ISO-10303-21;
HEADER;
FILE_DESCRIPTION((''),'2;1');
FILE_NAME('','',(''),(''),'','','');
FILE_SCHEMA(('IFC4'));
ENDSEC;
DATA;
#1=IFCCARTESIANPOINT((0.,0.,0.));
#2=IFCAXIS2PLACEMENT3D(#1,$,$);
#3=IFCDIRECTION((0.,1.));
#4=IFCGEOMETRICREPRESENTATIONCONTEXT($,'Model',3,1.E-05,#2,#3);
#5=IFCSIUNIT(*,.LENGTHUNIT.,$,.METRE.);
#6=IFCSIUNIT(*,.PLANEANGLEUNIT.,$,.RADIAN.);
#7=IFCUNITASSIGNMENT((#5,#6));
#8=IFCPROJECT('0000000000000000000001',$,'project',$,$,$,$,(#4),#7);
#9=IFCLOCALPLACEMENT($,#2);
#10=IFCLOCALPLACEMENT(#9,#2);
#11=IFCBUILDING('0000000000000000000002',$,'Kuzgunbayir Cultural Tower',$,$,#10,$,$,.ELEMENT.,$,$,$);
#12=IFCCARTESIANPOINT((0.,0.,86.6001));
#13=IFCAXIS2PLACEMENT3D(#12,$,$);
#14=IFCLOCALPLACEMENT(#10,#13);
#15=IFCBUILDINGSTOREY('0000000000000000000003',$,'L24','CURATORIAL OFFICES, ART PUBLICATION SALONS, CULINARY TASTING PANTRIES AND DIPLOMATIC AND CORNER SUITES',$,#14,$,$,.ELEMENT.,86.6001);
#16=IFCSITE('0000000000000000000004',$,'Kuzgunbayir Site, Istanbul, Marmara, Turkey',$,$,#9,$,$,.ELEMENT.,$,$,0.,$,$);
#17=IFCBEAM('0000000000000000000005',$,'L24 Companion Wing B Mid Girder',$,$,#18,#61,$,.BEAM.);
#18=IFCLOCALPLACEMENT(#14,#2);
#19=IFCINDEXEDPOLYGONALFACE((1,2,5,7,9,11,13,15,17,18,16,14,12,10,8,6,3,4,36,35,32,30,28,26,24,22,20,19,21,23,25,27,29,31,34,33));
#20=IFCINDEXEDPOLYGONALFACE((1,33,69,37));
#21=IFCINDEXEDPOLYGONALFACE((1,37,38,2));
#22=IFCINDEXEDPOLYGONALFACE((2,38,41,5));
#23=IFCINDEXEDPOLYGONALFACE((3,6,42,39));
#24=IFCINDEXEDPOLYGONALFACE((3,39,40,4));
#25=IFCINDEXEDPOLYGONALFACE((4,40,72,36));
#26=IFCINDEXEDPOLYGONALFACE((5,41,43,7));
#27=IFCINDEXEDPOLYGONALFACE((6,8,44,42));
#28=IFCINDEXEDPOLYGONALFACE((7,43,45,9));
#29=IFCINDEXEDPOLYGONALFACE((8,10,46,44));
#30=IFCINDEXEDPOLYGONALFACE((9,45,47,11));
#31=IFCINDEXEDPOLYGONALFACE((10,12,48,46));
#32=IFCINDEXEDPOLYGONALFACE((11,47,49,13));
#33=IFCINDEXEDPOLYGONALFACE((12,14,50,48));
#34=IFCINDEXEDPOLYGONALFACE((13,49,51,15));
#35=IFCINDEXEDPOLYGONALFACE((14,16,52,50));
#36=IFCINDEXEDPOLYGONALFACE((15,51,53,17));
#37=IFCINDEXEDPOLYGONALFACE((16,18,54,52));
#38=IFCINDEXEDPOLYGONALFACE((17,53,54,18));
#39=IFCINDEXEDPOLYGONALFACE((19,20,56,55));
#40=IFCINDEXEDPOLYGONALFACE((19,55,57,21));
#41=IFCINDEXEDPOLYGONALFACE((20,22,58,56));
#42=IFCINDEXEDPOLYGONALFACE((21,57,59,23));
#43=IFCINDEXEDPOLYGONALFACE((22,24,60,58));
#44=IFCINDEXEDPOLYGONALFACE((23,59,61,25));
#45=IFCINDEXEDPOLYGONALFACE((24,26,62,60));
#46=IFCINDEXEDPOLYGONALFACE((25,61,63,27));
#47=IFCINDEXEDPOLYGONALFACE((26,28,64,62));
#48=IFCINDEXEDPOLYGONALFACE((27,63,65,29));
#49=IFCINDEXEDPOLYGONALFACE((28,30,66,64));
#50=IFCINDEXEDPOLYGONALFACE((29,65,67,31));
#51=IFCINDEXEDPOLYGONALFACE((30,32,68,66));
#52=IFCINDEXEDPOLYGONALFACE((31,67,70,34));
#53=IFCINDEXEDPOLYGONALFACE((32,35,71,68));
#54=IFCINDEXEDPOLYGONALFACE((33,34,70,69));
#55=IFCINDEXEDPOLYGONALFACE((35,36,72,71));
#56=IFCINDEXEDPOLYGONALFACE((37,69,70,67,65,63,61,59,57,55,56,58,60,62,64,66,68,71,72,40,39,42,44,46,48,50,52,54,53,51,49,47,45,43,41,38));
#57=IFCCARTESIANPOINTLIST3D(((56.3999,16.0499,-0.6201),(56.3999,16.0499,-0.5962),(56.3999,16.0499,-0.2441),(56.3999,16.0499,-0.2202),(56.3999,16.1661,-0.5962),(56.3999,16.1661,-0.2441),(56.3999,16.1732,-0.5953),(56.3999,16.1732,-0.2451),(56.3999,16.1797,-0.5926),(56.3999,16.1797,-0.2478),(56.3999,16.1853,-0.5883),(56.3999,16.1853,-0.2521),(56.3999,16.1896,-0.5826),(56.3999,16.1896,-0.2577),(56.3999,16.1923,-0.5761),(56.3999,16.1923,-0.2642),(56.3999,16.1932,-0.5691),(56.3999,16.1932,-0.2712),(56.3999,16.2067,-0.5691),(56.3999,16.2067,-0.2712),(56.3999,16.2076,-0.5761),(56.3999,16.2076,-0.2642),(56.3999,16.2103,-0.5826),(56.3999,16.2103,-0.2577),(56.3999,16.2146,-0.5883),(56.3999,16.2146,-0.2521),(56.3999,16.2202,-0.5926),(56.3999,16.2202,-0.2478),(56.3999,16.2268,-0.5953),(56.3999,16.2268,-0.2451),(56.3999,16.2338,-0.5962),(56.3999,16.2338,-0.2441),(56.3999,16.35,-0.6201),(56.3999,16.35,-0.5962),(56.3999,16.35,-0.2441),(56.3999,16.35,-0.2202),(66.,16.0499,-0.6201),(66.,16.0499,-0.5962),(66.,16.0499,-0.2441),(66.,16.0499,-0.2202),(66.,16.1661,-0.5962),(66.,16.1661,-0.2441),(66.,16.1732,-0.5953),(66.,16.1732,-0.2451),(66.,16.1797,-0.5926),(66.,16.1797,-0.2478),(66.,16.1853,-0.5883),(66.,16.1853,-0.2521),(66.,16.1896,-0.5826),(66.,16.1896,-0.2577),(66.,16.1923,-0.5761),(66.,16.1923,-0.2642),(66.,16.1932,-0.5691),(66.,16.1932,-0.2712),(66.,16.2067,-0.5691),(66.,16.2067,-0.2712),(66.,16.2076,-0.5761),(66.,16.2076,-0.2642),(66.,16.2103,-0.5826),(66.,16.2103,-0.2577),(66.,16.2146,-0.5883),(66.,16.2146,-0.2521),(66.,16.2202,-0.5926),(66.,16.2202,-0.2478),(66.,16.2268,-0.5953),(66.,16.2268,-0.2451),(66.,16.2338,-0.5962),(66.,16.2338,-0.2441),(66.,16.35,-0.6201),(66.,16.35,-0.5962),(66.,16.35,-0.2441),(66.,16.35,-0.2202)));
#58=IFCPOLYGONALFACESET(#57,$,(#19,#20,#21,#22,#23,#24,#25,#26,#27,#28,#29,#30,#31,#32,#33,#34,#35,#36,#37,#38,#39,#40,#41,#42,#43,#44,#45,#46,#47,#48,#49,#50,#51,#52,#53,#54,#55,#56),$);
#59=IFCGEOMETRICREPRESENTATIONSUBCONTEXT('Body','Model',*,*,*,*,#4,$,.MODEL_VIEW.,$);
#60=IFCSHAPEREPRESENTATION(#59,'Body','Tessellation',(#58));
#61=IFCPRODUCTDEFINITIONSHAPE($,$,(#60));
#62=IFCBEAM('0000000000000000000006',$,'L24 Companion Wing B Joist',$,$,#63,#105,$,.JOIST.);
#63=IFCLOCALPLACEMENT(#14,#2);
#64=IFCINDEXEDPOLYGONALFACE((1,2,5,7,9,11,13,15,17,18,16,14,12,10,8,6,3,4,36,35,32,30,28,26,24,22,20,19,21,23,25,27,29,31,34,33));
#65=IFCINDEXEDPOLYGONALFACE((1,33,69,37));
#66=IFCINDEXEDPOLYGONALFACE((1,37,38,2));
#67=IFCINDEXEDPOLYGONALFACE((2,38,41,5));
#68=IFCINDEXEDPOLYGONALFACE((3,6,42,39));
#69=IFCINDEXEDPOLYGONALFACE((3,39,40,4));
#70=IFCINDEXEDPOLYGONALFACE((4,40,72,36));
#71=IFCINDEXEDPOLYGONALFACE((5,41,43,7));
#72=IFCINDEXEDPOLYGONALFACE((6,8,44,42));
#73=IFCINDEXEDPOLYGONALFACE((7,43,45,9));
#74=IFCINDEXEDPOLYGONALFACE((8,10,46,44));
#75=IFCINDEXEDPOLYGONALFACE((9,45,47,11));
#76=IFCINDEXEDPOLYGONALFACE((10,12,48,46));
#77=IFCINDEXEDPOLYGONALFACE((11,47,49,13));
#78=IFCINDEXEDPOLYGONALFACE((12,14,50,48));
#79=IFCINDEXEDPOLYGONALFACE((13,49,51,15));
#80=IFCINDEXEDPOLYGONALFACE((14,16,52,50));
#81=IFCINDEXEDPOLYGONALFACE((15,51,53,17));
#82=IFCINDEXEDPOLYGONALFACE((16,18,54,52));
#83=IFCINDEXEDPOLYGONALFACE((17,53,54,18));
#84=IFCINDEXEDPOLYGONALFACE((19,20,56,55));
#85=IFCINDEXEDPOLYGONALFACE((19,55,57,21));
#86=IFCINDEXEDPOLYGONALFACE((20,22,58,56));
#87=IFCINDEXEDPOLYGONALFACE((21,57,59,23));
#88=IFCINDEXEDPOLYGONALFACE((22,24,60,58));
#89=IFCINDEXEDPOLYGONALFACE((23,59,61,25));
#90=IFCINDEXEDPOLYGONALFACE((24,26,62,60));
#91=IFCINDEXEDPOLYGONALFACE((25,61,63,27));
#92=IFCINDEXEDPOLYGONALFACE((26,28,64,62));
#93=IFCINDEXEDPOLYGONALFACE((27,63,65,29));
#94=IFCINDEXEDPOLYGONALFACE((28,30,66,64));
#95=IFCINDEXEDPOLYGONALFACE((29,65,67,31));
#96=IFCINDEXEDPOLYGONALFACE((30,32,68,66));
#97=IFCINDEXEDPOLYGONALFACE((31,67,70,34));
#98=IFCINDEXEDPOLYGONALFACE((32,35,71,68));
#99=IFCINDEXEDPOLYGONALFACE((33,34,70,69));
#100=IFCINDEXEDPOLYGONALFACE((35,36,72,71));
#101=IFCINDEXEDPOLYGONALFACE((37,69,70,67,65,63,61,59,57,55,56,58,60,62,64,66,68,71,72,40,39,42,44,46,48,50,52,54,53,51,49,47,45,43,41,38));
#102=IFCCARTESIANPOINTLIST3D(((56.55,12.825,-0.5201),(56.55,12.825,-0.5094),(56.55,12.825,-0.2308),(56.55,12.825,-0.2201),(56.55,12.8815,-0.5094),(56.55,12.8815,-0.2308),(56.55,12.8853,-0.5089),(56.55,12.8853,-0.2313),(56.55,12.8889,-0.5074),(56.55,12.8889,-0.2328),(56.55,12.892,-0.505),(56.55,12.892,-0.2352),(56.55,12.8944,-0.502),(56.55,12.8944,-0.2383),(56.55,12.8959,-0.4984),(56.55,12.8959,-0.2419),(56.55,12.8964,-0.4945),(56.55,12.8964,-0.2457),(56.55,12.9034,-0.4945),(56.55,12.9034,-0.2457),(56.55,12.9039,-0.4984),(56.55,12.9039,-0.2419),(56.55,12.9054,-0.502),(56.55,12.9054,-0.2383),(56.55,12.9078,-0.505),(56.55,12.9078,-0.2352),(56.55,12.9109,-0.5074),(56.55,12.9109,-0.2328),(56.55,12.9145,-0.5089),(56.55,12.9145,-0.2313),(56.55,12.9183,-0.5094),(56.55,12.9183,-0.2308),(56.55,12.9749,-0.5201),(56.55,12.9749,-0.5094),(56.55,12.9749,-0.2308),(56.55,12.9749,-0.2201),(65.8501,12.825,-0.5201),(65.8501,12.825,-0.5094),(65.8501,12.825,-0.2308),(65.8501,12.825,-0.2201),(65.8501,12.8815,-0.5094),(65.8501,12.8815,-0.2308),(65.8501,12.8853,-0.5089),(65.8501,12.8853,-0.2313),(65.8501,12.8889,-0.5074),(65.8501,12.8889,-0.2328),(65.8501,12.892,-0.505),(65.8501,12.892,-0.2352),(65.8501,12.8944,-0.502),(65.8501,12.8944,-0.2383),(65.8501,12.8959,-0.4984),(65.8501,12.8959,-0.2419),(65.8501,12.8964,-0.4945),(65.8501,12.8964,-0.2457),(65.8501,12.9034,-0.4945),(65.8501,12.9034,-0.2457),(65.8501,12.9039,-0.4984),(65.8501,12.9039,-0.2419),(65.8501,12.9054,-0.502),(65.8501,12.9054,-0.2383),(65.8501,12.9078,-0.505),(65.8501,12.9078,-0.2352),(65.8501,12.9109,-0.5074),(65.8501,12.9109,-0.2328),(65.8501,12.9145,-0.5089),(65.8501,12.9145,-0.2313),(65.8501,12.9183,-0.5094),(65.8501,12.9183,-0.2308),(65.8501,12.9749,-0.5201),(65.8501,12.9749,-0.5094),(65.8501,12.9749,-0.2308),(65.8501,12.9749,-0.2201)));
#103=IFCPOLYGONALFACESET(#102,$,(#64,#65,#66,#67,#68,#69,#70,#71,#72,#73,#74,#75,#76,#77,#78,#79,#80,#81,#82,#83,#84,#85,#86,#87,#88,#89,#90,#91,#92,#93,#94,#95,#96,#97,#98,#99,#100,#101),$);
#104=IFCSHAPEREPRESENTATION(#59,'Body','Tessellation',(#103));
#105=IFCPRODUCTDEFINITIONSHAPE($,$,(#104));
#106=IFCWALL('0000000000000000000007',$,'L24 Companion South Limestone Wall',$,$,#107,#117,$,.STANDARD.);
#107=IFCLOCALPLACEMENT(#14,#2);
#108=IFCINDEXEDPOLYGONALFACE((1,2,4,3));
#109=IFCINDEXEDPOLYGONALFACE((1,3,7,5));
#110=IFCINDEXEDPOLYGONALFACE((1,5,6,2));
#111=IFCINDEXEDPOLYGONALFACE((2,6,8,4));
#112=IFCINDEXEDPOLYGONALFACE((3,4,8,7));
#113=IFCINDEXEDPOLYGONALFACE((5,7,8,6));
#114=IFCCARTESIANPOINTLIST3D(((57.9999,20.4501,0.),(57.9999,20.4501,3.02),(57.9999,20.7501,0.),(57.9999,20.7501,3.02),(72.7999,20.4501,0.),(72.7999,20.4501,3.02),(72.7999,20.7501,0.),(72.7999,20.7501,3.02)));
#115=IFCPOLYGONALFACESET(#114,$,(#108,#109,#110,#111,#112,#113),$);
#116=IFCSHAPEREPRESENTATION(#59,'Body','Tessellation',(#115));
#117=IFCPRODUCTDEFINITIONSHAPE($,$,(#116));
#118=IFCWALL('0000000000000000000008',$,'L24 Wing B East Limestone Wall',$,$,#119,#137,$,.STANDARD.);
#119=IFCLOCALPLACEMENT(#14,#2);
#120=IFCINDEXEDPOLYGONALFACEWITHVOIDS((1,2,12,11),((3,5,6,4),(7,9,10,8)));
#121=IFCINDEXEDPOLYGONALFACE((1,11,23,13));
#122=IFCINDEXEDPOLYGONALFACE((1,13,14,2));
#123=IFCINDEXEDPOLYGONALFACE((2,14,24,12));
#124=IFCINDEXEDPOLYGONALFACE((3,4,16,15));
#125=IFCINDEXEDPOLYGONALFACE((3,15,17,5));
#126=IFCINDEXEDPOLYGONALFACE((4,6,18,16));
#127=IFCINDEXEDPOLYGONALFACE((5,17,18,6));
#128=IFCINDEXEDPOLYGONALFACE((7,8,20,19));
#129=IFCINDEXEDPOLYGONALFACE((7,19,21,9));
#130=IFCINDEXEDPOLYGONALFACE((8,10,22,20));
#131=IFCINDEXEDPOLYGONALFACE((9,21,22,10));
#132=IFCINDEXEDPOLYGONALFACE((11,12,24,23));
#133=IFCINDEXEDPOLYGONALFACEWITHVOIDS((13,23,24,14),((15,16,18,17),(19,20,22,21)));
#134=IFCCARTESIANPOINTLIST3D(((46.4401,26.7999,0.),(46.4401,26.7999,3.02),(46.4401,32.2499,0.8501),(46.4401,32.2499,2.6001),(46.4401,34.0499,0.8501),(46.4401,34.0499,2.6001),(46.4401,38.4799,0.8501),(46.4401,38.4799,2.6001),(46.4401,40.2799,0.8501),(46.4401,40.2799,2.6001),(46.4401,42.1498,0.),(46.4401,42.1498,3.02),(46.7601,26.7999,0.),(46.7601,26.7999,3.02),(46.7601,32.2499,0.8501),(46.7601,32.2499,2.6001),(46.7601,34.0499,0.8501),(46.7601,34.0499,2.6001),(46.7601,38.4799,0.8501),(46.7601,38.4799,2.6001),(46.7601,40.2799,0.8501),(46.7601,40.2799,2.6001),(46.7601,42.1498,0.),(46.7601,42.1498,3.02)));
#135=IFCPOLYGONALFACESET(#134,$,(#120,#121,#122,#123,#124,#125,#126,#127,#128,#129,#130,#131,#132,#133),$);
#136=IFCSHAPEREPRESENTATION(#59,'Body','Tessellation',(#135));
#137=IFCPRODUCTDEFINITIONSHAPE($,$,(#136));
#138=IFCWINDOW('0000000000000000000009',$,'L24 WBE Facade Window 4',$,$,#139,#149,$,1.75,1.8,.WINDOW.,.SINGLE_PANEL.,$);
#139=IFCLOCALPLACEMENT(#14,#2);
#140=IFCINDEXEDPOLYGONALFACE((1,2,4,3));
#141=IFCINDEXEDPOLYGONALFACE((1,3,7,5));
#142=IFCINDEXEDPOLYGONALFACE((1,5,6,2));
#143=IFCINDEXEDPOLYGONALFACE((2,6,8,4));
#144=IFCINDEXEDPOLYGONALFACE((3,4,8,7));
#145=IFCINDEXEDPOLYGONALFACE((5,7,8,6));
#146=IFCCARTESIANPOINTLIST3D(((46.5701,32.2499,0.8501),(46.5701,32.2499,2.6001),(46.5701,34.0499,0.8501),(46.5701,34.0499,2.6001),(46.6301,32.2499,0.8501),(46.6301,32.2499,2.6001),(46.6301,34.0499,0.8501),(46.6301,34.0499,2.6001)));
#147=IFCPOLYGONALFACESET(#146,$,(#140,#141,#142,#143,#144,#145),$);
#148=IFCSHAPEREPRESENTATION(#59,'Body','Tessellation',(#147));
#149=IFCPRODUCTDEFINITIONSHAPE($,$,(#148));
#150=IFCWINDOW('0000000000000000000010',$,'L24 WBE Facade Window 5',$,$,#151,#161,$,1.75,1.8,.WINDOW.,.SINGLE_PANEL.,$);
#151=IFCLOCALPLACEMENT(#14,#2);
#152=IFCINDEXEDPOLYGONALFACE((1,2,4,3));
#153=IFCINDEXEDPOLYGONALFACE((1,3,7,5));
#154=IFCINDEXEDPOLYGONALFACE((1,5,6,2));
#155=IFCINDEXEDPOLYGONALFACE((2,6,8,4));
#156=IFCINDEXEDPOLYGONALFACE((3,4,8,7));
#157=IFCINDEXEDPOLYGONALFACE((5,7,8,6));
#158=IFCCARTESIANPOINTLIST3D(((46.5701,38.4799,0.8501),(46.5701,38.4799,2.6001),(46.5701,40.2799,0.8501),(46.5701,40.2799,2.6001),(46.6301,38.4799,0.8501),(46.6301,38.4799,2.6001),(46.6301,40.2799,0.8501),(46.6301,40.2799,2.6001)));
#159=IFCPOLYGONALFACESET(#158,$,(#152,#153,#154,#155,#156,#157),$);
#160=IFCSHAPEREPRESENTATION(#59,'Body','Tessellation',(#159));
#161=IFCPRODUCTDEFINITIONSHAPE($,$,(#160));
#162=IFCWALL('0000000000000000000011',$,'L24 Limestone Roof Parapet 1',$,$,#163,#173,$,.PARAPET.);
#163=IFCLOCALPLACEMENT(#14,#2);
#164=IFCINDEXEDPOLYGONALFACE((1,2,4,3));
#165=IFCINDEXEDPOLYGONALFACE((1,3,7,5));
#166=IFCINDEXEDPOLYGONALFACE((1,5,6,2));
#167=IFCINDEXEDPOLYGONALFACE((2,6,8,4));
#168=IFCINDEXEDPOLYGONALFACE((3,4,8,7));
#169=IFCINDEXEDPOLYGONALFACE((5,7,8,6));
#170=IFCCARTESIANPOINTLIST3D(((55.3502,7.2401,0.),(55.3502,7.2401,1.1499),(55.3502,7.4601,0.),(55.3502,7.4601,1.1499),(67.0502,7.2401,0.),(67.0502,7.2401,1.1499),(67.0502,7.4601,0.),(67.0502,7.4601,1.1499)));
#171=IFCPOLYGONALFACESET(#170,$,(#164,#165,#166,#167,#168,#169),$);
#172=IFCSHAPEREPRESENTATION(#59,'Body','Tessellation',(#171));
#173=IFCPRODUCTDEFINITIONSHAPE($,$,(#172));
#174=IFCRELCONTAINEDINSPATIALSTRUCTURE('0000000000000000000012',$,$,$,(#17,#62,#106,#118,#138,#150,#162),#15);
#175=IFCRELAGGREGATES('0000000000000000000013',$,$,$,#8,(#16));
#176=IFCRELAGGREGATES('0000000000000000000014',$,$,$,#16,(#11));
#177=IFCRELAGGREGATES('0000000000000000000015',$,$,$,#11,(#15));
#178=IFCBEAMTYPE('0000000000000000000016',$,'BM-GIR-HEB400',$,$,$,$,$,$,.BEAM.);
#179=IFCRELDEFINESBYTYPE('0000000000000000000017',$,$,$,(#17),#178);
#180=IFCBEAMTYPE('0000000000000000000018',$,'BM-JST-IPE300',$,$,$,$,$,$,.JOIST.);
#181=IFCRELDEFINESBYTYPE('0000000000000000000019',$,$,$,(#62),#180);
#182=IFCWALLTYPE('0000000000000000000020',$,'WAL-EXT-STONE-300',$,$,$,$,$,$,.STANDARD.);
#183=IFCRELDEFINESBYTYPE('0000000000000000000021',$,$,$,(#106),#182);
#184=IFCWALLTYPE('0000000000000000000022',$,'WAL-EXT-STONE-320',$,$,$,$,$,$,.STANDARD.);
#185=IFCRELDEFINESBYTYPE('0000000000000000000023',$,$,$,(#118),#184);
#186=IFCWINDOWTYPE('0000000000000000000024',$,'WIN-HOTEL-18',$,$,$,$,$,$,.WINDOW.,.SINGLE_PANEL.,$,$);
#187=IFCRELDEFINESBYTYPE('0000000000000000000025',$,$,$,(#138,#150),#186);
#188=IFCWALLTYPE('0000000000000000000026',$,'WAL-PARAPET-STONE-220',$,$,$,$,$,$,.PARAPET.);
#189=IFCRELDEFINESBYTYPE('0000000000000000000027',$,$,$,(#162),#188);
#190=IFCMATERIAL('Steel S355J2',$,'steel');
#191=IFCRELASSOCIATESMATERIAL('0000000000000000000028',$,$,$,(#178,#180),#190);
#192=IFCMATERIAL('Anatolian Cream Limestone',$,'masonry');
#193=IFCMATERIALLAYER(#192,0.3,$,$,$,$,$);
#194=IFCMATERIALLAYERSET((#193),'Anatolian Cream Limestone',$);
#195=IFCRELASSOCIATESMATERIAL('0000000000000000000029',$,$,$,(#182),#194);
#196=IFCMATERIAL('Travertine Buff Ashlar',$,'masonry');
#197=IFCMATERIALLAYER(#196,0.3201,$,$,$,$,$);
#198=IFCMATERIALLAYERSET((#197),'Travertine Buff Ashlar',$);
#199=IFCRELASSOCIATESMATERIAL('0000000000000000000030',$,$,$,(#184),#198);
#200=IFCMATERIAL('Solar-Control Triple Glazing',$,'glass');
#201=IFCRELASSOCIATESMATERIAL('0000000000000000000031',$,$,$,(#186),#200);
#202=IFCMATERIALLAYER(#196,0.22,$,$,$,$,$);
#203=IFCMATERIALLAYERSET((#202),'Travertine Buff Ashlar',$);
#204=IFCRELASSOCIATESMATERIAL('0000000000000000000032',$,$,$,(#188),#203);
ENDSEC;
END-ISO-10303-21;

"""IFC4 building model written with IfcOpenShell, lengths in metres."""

from ifc_helpers import new_model, si_unit, direction, frame, frame_2d, origin, origin_2d, place, context, subcontext, project, spatial, rectangle, i_section, extrude, material, layer, layer_set, material_profile, profile_set, type_object, element, fill, save


model = new_model("IFC4")

# Units and contexts
model_context = context("Model", 3, precision=1e-05, world=origin(), true_north=direction((0.0, 1.0)))
body_context = subcontext(model_context, "Body", "Model", "MODEL_VIEW")
ifc_project = project(units=[si_unit("LENGTHUNIT", "METRE"), si_unit("PLANEANGLEUNIT", "RADIAN")], contexts=[model_context])

# Site, building, storey
site_placement = place(None, origin())
site = spatial("IfcSite", under=ifc_project, at=site_placement, Name="Kuzgunbayir Site, Istanbul, Marmara, Turkey", CompositionType="ELEMENT", RefElevation=0.0)
building_placement = place(site_placement, origin())
building = spatial("IfcBuilding", under=site, at=building_placement, Name="Kuzgunbayir Cultural Tower", CompositionType="ELEMENT")
storey_placement = place(building_placement, frame((0.0, 0.0, 86.6001)))
storey = spatial("IfcBuildingStorey", under=building, at=storey_placement, Name="L24", Description="CURATORIAL OFFICES, ART PUBLICATION SALONS, CULINARY TASTING PANTRIES AND DIPLOMATIC AND CORNER SUITES", CompositionType="ELEMENT", Elevation=86.6001)

# Beams
ifc_material_1 = material(Name="Steel S355J2", Category="steel")
ifc_material_profile_1 = material_profile(ifc_material_1, i_section(OverallWidth=0.3, OverallDepth=0.3999, WebThickness=0.0134, FlangeThickness=0.0239, FilletRadius=0.0271, at=origin_2d()), Name="HEB 400")
ifc_profile_set_1 = profile_set([ifc_material_profile_1], Name="Steel S355J2")
beam_type_1 = type_object("IfcBeamType", Name="BM-GIR-HEB400", PredefinedType="BEAM", material=ifc_profile_set_1)
beam_1_placement = place(storey_placement, frame((56.3999, 16.2, -0.4202), z_axis=(1.0, 0.0, 0.0), x_axis=(0.0, 1.0, 0.0)))
element("IfcBeam", 1, at=beam_1_placement, inside=storey, type_object=beam_type_1, Name="L24 Companion Wing B Mid Girder", PredefinedType="BEAM", context=body_context, shape_type="SweptSolid", body=[
    extrude(i_section(OverallWidth=0.3, OverallDepth=0.3999, WebThickness=0.0134, FlangeThickness=0.0239, FilletRadius=0.0271, at=origin_2d()), origin(), (0.0, 0.0, 1.0), 9.6001),
])
ifc_material_profile_2 = material_profile(ifc_material_1, i_section(OverallWidth=0.1499, OverallDepth=0.3, WebThickness=0.0071, FlangeThickness=0.0107, FilletRadius=0.0149, at=origin_2d()), Name="IPE 300")
ifc_profile_set_2 = profile_set([ifc_material_profile_2], Name="Steel S355J2")
beam_type_2 = type_object("IfcBeamType", Name="BM-JST-IPE300", PredefinedType="JOIST", material=ifc_profile_set_2)
beam_2_placement = place(storey_placement, frame((56.55, 12.8999, -0.3701), z_axis=(1.0, 0.0, 0.0), x_axis=(0.0, 1.0, 0.0)))
element("IfcBeam", 2, at=beam_2_placement, inside=storey, type_object=beam_type_2, Name="L24 Companion Wing B Joist", PredefinedType="JOIST", context=body_context, shape_type="SweptSolid", body=[
    extrude(i_section(OverallWidth=0.1499, OverallDepth=0.3, WebThickness=0.0071, FlangeThickness=0.0107, FilletRadius=0.0149, at=origin_2d()), origin(), (0.0, 0.0, 1.0), 9.3),
])

# Wall
ifc_material_2 = material(Name="Anatolian Cream Limestone", Category="masonry")
ifc_layer_1 = layer(ifc_material_2, 0.3)
ifc_layer_set_1 = layer_set([ifc_layer_1], Name="Anatolian Cream Limestone")
wall_type_1 = type_object("IfcWallType", Name="WAL-EXT-STONE-300", PredefinedType="STANDARD", material=ifc_layer_set_1)
wall_1_placement = place(storey_placement, frame((58.0, 20.6001, 0.0), z_axis=(0.0, 0.0, 1.0), x_axis=(1.0, 0.0, 0.0)))
element("IfcWall", 3, at=wall_1_placement, inside=storey, type_object=wall_type_1, Name="L24 Companion South Limestone Wall", PredefinedType="STANDARD", context=body_context, shape_type="SweptSolid", body=[
    extrude(rectangle(XDim=14.8, YDim=0.3, at=frame_2d((7.3999, 0.0))), origin(), (0.0, 0.0, 1.0), 3.02),
])

# Wall, openings, windows
ifc_material_3 = material(Name="Travertine Buff Ashlar", Category="masonry")
ifc_layer_2 = layer(ifc_material_3, 0.3201)
ifc_layer_set_2 = layer_set([ifc_layer_2], Name="Travertine Buff Ashlar")
wall_type_2 = type_object("IfcWallType", Name="WAL-EXT-STONE-320", PredefinedType="STANDARD", material=ifc_layer_set_2)
wall_2_placement = place(storey_placement, frame((46.6001, 26.8, 0.0), z_axis=(0.0, 0.0, 1.0), x_axis=(0.0, 1.0, 0.0)))
wall_2 = element("IfcWall", 4, at=wall_2_placement, inside=storey, type_object=wall_type_2, Name="L24 Wing B East Limestone Wall", PredefinedType="STANDARD", context=body_context, shape_type="SweptSolid", body=[
    extrude(rectangle(XDim=15.3499, YDim=0.3201, at=frame_2d((7.6748, 0.0))), origin(), (0.0, 0.0, 1.0), 3.02),
])
opening_1_placement = place(wall_2_placement, frame((5.45, 0.0, 0.8501)))
opening_1 = element("IfcOpeningElement", 5, at=opening_1_placement, cuts=wall_2, PredefinedType="OPENING", context=body_context, shape_type="SweptSolid", body=[
    extrude(rectangle(XDim=1.8, YDim=1.75, at=frame_2d((0.8999, 0.875))), frame((0.0, 0.1699, 0.0), z_axis=(0.0, -1.0, 0.0), x_axis=(1.0, 0.0, 0.0)), (0.0, 0.0, 1.0), 0.3401),
])
opening_2_placement = place(wall_2_placement, frame((11.6799, 0.0, 0.8501)))
opening_2 = element("IfcOpeningElement", 6, at=opening_2_placement, cuts=wall_2, PredefinedType="OPENING", context=body_context, shape_type="SweptSolid", body=[
    extrude(rectangle(XDim=1.8, YDim=1.75, at=frame_2d((0.8999, 0.875))), frame((0.0, 0.1699, 0.0), z_axis=(0.0, -1.0, 0.0), x_axis=(1.0, 0.0, 0.0)), (0.0, 0.0, 1.0), 0.3401),
])
ifc_material_4 = material(Name="Solar-Control Triple Glazing", Category="glass")
window_type = type_object("IfcWindowType", Name="WIN-HOTEL-18", PartitioningType="SINGLE_PANEL", PredefinedType="WINDOW", material=ifc_material_4)
window_1_placement = place(opening_1_placement, origin())
window_1 = element("IfcWindow", 7, at=window_1_placement, inside=storey, type_object=window_type, Name="L24 WBE Facade Window 4", OverallHeight=1.75, OverallWidth=1.8, PartitioningType="SINGLE_PANEL", PredefinedType="WINDOW", context=body_context, shape_type="SweptSolid", body=[
    extrude(rectangle(XDim=1.8, YDim=1.75, at=frame_2d((0.8999, 0.875))), frame((0.0, 0.03, 0.0), z_axis=(0.0, -1.0, 0.0), x_axis=(1.0, 0.0, 0.0)), (0.0, 0.0, 1.0), 0.0601),
])
fill(opening_1, window_1)
window_2_placement = place(opening_2_placement, origin())
window_2 = element("IfcWindow", 8, at=window_2_placement, inside=storey, type_object=window_type, Name="L24 WBE Facade Window 5", OverallHeight=1.75, OverallWidth=1.8, PartitioningType="SINGLE_PANEL", PredefinedType="WINDOW", context=body_context, shape_type="SweptSolid", body=[
    extrude(rectangle(XDim=1.8, YDim=1.75, at=frame_2d((0.8999, 0.875))), frame((0.0, 0.03, 0.0), z_axis=(0.0, -1.0, 0.0), x_axis=(1.0, 0.0, 0.0)), (0.0, 0.0, 1.0), 0.0601),
])
fill(opening_2, window_2)

# Wall
ifc_layer_3 = layer(ifc_material_3, 0.22)
ifc_layer_set_3 = layer_set([ifc_layer_3], Name="Travertine Buff Ashlar")
wall_type_3 = type_object("IfcWallType", Name="WAL-PARAPET-STONE-220", PredefinedType="PARAPET", material=ifc_layer_set_3)
wall_3_placement = place(storey_placement, frame((55.3501, 7.3501, 0.0), z_axis=(0.0, 0.0, 1.0), x_axis=(1.0, 0.0, 0.0)))
element("IfcWall", 9, at=wall_3_placement, inside=storey, type_object=wall_type_3, Name="L24 Limestone Roof Parapet 1", PredefinedType="PARAPET", context=body_context, shape_type="SweptSolid", body=[
    extrude(rectangle(XDim=11.7, YDim=0.22, at=frame_2d((5.8501, 0.0))), origin(), (0.0, 0.0, 1.0), 1.1499),
])

save(model, "model.ifc")
